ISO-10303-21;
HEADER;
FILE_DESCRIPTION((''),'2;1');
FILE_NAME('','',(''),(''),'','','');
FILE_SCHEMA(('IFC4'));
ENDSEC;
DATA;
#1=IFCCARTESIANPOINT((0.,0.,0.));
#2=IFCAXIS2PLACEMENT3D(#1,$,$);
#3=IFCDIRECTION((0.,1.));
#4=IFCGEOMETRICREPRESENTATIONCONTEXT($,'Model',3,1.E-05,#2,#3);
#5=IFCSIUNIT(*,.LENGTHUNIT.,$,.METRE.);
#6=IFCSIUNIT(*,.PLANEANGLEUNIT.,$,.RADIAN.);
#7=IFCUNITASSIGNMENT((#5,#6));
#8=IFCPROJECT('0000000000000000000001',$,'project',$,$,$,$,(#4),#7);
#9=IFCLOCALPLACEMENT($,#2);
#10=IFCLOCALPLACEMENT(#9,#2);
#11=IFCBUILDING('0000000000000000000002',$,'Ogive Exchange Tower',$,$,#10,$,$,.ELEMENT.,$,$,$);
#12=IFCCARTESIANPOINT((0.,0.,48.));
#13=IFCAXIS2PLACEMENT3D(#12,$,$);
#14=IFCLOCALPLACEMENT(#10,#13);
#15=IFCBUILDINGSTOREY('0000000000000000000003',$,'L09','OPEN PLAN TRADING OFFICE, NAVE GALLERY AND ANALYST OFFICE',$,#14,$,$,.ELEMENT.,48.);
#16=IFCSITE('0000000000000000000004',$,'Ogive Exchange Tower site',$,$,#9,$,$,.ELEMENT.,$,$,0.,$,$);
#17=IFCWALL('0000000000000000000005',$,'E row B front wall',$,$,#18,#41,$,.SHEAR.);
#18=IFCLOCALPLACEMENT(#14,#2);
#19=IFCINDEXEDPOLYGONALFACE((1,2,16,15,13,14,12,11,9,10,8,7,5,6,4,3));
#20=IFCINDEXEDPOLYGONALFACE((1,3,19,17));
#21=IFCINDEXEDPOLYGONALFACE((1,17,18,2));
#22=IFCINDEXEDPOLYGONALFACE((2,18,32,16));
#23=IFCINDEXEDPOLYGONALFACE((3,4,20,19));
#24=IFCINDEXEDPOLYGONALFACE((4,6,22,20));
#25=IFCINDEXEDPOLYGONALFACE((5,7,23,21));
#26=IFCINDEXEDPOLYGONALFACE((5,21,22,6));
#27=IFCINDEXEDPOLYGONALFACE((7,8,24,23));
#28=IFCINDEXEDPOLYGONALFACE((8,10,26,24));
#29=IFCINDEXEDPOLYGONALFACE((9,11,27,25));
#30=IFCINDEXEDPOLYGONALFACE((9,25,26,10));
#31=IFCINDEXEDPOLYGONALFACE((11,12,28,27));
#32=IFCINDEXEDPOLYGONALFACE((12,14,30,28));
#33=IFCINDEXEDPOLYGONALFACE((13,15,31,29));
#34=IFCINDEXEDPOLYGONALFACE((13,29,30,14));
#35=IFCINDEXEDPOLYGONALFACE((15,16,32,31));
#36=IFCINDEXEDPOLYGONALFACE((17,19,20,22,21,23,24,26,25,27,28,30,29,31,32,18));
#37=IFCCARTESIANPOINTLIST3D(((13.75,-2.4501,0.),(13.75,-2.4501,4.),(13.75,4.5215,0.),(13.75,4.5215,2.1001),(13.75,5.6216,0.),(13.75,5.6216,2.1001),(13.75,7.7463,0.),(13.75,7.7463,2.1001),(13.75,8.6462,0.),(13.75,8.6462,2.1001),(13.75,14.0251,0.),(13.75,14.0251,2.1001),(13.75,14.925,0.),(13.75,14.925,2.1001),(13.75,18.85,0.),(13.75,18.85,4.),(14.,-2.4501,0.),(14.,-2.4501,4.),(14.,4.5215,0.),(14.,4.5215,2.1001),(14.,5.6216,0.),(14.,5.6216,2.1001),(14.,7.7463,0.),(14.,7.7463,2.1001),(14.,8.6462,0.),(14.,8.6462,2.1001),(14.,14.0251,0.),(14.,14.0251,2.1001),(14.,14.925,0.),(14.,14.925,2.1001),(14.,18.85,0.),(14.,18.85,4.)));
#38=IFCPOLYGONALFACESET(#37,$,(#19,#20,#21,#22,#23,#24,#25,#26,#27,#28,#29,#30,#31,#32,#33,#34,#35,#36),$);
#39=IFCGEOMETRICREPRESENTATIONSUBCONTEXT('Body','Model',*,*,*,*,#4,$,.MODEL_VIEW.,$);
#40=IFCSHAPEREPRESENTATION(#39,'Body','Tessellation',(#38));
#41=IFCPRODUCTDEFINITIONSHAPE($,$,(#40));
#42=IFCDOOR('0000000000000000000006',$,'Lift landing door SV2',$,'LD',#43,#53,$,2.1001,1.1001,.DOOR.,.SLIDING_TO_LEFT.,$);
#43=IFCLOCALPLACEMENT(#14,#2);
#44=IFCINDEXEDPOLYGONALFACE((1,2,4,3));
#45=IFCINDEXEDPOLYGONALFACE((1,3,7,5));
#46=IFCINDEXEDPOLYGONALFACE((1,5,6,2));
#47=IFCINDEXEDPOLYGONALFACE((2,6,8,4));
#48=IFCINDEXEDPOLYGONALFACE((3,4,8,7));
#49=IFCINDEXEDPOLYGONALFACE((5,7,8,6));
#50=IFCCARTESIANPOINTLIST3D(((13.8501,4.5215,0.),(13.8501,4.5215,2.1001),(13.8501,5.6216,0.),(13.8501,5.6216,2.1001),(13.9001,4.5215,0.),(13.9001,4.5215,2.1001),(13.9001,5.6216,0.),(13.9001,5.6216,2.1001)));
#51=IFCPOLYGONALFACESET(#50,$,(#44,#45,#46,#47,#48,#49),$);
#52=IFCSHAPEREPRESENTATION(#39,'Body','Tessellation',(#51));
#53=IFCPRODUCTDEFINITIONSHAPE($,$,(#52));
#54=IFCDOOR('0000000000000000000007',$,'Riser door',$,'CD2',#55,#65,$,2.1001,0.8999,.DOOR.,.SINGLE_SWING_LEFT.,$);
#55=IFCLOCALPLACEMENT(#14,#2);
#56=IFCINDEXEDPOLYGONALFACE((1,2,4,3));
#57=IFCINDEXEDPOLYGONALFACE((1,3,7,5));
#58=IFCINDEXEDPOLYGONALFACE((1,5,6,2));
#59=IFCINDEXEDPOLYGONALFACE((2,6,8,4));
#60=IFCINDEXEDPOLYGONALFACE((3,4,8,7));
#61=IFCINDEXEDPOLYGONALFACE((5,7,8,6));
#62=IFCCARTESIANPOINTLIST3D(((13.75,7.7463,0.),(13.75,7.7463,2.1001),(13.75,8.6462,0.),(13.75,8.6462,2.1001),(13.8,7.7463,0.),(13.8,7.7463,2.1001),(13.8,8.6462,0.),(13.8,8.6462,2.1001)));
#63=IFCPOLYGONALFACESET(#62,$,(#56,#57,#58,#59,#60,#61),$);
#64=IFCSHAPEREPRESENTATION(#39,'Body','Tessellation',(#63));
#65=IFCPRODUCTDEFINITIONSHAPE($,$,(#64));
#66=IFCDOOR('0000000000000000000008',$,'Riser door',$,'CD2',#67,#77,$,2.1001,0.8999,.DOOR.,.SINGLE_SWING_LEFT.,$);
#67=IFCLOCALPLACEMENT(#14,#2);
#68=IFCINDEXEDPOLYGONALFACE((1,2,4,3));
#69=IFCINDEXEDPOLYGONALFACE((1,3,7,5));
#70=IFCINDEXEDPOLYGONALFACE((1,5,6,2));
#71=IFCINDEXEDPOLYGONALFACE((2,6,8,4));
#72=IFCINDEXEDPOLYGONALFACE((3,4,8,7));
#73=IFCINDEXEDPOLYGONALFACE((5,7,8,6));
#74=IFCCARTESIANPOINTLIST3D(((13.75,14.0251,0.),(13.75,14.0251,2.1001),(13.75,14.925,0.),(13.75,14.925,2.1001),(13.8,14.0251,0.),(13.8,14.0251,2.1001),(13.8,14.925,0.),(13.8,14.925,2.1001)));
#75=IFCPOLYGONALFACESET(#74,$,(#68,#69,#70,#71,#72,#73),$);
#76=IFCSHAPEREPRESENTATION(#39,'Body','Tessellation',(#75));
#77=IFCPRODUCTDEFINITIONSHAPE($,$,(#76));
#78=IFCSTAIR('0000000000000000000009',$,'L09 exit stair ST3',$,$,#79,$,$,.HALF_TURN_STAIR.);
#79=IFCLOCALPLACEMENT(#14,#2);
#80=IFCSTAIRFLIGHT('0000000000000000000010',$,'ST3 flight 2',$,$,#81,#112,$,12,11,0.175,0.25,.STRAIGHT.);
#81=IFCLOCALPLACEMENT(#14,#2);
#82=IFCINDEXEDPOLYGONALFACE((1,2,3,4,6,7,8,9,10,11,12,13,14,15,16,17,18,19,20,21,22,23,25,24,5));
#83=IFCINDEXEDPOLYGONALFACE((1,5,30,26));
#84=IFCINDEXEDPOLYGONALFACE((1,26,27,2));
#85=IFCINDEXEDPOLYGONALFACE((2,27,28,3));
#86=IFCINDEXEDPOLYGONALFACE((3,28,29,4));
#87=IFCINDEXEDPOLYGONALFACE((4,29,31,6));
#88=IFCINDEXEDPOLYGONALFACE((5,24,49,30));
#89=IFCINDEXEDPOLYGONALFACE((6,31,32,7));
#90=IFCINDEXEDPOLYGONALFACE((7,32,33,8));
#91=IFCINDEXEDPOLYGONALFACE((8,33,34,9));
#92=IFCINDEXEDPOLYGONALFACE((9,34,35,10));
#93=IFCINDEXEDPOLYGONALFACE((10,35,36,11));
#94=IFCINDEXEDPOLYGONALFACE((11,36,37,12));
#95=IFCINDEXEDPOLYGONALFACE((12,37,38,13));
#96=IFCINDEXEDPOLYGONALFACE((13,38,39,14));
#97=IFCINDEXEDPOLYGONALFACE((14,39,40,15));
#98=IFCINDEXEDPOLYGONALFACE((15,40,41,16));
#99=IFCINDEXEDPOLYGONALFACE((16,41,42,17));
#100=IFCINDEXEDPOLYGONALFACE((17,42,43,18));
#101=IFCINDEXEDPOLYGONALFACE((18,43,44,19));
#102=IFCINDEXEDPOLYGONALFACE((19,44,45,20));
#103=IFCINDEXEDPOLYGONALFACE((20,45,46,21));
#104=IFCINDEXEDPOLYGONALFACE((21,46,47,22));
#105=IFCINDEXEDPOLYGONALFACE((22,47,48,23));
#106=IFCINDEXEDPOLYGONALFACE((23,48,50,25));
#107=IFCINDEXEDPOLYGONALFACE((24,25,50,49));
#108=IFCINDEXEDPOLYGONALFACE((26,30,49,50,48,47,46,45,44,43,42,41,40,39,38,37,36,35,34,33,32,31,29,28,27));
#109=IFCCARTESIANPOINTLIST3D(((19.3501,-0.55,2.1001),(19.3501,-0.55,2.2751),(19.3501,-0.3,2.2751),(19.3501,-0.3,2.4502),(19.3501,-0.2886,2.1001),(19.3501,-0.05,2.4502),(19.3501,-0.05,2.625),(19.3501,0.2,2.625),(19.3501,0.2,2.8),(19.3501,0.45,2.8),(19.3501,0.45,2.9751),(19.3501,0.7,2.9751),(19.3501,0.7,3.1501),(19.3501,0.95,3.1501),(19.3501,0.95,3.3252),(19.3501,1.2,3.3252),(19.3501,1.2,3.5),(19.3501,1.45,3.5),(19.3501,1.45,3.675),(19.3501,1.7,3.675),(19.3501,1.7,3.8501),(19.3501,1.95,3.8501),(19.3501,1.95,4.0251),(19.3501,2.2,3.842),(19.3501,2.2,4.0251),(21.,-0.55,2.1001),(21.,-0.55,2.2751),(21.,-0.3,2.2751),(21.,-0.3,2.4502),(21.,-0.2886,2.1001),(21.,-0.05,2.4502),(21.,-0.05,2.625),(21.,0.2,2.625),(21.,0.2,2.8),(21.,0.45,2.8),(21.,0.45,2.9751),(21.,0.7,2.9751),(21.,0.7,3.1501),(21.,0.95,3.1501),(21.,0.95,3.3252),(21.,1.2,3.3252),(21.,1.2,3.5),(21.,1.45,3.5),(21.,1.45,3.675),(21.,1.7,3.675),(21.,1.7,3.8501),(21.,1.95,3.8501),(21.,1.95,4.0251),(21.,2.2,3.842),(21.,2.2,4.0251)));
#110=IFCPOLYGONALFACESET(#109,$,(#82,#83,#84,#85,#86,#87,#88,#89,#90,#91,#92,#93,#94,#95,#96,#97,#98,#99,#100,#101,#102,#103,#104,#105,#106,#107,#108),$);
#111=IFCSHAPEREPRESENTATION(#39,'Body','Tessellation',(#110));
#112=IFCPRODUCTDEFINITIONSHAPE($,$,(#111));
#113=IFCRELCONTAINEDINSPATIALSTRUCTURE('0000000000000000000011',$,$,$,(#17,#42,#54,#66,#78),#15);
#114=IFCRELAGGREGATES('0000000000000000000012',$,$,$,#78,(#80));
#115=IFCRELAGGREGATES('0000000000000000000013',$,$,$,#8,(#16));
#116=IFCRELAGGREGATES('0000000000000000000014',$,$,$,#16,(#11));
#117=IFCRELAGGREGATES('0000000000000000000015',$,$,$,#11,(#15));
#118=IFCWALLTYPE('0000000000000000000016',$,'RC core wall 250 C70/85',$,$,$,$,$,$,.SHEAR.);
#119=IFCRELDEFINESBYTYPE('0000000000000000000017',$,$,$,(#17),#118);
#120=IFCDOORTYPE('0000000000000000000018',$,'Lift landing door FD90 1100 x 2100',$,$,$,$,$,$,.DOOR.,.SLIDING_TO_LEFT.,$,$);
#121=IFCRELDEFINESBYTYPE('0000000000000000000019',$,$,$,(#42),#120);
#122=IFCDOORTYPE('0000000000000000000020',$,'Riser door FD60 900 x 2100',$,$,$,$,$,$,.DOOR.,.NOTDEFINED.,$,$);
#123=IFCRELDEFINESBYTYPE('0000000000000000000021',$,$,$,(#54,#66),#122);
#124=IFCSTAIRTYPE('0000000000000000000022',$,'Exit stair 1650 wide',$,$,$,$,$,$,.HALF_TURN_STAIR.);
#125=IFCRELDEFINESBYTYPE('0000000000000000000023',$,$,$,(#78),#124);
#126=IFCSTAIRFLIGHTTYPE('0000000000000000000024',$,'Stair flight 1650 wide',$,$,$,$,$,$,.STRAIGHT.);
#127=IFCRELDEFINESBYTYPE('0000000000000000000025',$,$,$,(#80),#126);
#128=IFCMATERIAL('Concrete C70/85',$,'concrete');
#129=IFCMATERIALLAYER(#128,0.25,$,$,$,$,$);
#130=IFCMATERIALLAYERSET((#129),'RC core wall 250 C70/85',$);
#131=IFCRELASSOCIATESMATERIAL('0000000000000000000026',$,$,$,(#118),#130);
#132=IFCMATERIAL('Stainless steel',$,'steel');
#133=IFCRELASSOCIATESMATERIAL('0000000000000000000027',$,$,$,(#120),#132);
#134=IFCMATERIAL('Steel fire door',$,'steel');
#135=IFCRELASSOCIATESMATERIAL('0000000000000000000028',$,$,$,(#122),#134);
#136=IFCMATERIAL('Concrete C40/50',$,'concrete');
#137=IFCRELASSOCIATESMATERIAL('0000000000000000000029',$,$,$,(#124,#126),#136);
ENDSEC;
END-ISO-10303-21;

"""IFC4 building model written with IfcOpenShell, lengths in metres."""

from ifc_helpers import new_model, si_unit, direction, frame, frame_2d, origin, place, context, subcontext, project, spatial, polyline, rectangle, outline, extrude, material, layer, layer_set, type_object, element, fill, aggregate, save


model = new_model("IFC4")

# Units and contexts
model_context = context("Model", 3, precision=1e-05, world=origin(), true_north=direction((0.0, 1.0)))
body_context = subcontext(model_context, "Body", "Model", "MODEL_VIEW")
ifc_project = project(units=[si_unit("LENGTHUNIT", "METRE"), si_unit("PLANEANGLEUNIT", "RADIAN")], contexts=[model_context])

# Site, building, storey
site_placement = place(None, origin())
site = spatial("IfcSite", under=ifc_project, at=site_placement, Name="Ogive Exchange Tower site", CompositionType="ELEMENT", RefElevation=0.0)
building_placement = place(site_placement, origin())
building = spatial("IfcBuilding", under=site, at=building_placement, Name="Ogive Exchange Tower", CompositionType="ELEMENT")
storey_placement = place(building_placement, frame((0.0, 0.0, 48.0)))
storey = spatial("IfcBuildingStorey", under=building, at=storey_placement, Name="L09", Description="OPEN PLAN TRADING OFFICE, NAVE GALLERY AND ANALYST OFFICE", CompositionType="ELEMENT", Elevation=48.0)

# Shared definitions
ifc_material_1 = material(Name="Concrete C70/85", Category="concrete")
ifc_material_2 = material(Name="Steel fire door", Category="steel")

# Shared definitions
ifc_layer_1 = layer(ifc_material_1, 0.25)
ifc_layer_set_1 = layer_set([ifc_layer_1], Name="RC core wall 250 C70/85")
wall_type_1 = type_object("IfcWallType", Name="RC core wall 250 C70/85", PredefinedType="SHEAR", material=ifc_layer_set_1)

# Wall, openings, doors
wall_1_placement = place(storey_placement, frame((13.875, -2.45, 0.0), z_axis=(0.0, 0.0, 1.0), x_axis=(0.0, 1.0, 0.0)))
wall_1 = element("IfcWall", 1, at=wall_1_placement, inside=storey, type_object=wall_type_1, Name="E row B front wall", PredefinedType="SHEAR", context=body_context, shape_type="SweptSolid", body=[
    extrude(rectangle(XDim=21.3, YDim=0.25, at=frame_2d((10.6499, 0.0))), origin(), (0.0, 0.0, 1.0), 4.0),
])
opening_1_placement = place(wall_1_placement, frame((10.1963, 0.0, 0.0)))
opening_1 = element("IfcOpeningElement", 2, at=opening_1_placement, cuts=wall_1, PredefinedType="OPENING", context=body_context, shape_type="SweptSolid", body=[
    extrude(rectangle(XDim=0.8999, YDim=2.1001, at=frame_2d((0.45, 1.05))), frame((0.0, 0.135, 0.0), z_axis=(0.0, -1.0, 0.0), x_axis=(1.0, 0.0, 0.0)), (0.0, 0.0, 1.0), 0.27),
])
opening_2_placement = place(wall_1_placement, frame((16.4751, 0.0, 0.0)))
opening_2 = element("IfcOpeningElement", 3, at=opening_2_placement, cuts=wall_1, PredefinedType="OPENING", context=body_context, shape_type="SweptSolid", body=[
    extrude(rectangle(XDim=0.8999, YDim=2.1001, at=frame_2d((0.45, 1.05))), frame((0.0, 0.135, 0.0), z_axis=(0.0, -1.0, 0.0), x_axis=(1.0, 0.0, 0.0)), (0.0, 0.0, 1.0), 0.27),
])
opening_3_placement = place(wall_1_placement, frame((6.9714, 0.0, 0.0)))
opening_3 = element("IfcOpeningElement", 4, at=opening_3_placement, cuts=wall_1, PredefinedType="OPENING", context=body_context, shape_type="SweptSolid", body=[
    extrude(rectangle(XDim=1.1001, YDim=2.1001, at=frame_2d((0.55, 1.05))), frame((0.0, 0.135, 0.0), z_axis=(0.0, -1.0, 0.0), x_axis=(1.0, 0.0, 0.0)), (0.0, 0.0, 1.0), 0.27),
])
ifc_material_3 = material(Name="Stainless steel", Category="steel")
door_type_1 = type_object("IfcDoorType", Name="Lift landing door FD90 1100 x 2100", OperationType="SLIDING_TO_LEFT", PredefinedType="DOOR", material=ifc_material_3)
door_1_placement = place(opening_3_placement, origin())
door_1 = element("IfcDoor", 5, at=door_1_placement, inside=storey, type_object=door_type_1, Name="Lift landing door SV2", ObjectType="LD", OperationType="SLIDING_TO_LEFT", OverallHeight=2.1001, OverallWidth=1.1001, PredefinedType="DOOR", context=body_context, shape_type="SweptSolid", body=[
    extrude(rectangle(XDim=1.1001, YDim=2.1001, at=frame_2d((0.55, 1.05))), frame((0.0, 0.0249, 0.0), z_axis=(0.0, -1.0, 0.0), x_axis=(1.0, 0.0, 0.0)), (0.0, 0.0, 1.0), 0.05),
])
fill(opening_3, door_1)
door_type_2 = type_object("IfcDoorType", Name="Riser door FD60 900 x 2100", OperationType="NOTDEFINED", PredefinedType="DOOR", material=ifc_material_2)
door_2_placement = place(opening_1_placement, origin())
door_2 = element("IfcDoor", 6, at=door_2_placement, inside=storey, type_object=door_type_2, Name="Riser door", ObjectType="CD2", OperationType="SINGLE_SWING_LEFT", OverallHeight=2.1001, OverallWidth=0.8999, PredefinedType="DOOR", context=body_context, shape_type="SweptSolid", body=[
    extrude(rectangle(XDim=0.8999, YDim=2.1001, at=frame_2d((0.45, 1.05))), frame((0.0, 0.125, 0.0), z_axis=(0.0, -1.0, 0.0), x_axis=(1.0, 0.0, 0.0)), (0.0, 0.0, 1.0), 0.05),
])
fill(opening_1, door_2)
door_3_placement = place(opening_2_placement, origin())
door_3 = element("IfcDoor", 7, at=door_3_placement, inside=storey, type_object=door_type_2, Name="Riser door", ObjectType="CD2", OperationType="SINGLE_SWING_LEFT", OverallHeight=2.1001, OverallWidth=0.8999, PredefinedType="DOOR", context=body_context, shape_type="SweptSolid", body=[
    extrude(rectangle(XDim=0.8999, YDim=2.1001, at=frame_2d((0.45, 1.05))), frame((0.0, 0.125, 0.0), z_axis=(0.0, -1.0, 0.0), x_axis=(1.0, 0.0, 0.0)), (0.0, 0.0, 1.0), 0.05),
])
fill(opening_2, door_3)

# Stair, stair flight
ifc_material_4 = material(Name="Concrete C40/50", Category="concrete")
stair_type = type_object("IfcStairType", Name="Exit stair 1650 wide", PredefinedType="HALF_TURN_STAIR", material=ifc_material_4)
stair_placement = place(storey_placement, origin())
stair = element("IfcStair", 8, at=stair_placement, inside=storey, type_object=stair_type, Name="L09 exit stair ST3", PredefinedType="HALF_TURN_STAIR")
stair_flight_type = type_object("IfcStairFlightType", Name="Stair flight 1650 wide", PredefinedType="STRAIGHT", material=ifc_material_4)
stair_flight_placement = place(storey_placement, frame((20.175, -0.55, 2.1001), z_axis=(0.0, 0.0, 1.0), x_axis=(0.0, 1.0, 0.0)))
stair_flight = element("IfcStairFlight", 9, at=stair_flight_placement, type_object=stair_flight_type, Name="ST3 flight 2", NumberOfRisers=12, NumberOfTreads=11, PredefinedType="STRAIGHT", RiserHeight=0.175, TreadLength=0.25, context=body_context, shape_type="SweptSolid", body=[
    extrude(outline(polyline([(0.0, 0.0), (0.0, 0.175), (0.25, 0.175), (0.25, 0.3501), (0.5, 0.3501), (0.5, 0.5249), (0.75, 0.5249), (0.75, 0.7), (1.0, 0.7), (1.0, 0.875), (1.25, 0.875), (1.25, 1.05), (1.5, 1.05), (1.5, 1.2251), (1.75, 1.2251), (1.75, 1.3999), (2.0, 1.3999), (2.0, 1.575), (2.25, 1.575), (2.25, 1.75), (2.5, 1.75), (2.5, 1.925), (2.75, 1.925), (2.75, 2.1001), (2.75, 1.7419), (0.2615, 0.0), (0.0, 0.0)])), frame((0.0, 0.825, 0.0), z_axis=(0.0, -1.0, 0.0), x_axis=(1.0, 0.0, 0.0)), (0.0, 0.0, 1.0), 1.6499),
])
aggregate(stair, [stair_flight])

save(model, "model.ifc")
